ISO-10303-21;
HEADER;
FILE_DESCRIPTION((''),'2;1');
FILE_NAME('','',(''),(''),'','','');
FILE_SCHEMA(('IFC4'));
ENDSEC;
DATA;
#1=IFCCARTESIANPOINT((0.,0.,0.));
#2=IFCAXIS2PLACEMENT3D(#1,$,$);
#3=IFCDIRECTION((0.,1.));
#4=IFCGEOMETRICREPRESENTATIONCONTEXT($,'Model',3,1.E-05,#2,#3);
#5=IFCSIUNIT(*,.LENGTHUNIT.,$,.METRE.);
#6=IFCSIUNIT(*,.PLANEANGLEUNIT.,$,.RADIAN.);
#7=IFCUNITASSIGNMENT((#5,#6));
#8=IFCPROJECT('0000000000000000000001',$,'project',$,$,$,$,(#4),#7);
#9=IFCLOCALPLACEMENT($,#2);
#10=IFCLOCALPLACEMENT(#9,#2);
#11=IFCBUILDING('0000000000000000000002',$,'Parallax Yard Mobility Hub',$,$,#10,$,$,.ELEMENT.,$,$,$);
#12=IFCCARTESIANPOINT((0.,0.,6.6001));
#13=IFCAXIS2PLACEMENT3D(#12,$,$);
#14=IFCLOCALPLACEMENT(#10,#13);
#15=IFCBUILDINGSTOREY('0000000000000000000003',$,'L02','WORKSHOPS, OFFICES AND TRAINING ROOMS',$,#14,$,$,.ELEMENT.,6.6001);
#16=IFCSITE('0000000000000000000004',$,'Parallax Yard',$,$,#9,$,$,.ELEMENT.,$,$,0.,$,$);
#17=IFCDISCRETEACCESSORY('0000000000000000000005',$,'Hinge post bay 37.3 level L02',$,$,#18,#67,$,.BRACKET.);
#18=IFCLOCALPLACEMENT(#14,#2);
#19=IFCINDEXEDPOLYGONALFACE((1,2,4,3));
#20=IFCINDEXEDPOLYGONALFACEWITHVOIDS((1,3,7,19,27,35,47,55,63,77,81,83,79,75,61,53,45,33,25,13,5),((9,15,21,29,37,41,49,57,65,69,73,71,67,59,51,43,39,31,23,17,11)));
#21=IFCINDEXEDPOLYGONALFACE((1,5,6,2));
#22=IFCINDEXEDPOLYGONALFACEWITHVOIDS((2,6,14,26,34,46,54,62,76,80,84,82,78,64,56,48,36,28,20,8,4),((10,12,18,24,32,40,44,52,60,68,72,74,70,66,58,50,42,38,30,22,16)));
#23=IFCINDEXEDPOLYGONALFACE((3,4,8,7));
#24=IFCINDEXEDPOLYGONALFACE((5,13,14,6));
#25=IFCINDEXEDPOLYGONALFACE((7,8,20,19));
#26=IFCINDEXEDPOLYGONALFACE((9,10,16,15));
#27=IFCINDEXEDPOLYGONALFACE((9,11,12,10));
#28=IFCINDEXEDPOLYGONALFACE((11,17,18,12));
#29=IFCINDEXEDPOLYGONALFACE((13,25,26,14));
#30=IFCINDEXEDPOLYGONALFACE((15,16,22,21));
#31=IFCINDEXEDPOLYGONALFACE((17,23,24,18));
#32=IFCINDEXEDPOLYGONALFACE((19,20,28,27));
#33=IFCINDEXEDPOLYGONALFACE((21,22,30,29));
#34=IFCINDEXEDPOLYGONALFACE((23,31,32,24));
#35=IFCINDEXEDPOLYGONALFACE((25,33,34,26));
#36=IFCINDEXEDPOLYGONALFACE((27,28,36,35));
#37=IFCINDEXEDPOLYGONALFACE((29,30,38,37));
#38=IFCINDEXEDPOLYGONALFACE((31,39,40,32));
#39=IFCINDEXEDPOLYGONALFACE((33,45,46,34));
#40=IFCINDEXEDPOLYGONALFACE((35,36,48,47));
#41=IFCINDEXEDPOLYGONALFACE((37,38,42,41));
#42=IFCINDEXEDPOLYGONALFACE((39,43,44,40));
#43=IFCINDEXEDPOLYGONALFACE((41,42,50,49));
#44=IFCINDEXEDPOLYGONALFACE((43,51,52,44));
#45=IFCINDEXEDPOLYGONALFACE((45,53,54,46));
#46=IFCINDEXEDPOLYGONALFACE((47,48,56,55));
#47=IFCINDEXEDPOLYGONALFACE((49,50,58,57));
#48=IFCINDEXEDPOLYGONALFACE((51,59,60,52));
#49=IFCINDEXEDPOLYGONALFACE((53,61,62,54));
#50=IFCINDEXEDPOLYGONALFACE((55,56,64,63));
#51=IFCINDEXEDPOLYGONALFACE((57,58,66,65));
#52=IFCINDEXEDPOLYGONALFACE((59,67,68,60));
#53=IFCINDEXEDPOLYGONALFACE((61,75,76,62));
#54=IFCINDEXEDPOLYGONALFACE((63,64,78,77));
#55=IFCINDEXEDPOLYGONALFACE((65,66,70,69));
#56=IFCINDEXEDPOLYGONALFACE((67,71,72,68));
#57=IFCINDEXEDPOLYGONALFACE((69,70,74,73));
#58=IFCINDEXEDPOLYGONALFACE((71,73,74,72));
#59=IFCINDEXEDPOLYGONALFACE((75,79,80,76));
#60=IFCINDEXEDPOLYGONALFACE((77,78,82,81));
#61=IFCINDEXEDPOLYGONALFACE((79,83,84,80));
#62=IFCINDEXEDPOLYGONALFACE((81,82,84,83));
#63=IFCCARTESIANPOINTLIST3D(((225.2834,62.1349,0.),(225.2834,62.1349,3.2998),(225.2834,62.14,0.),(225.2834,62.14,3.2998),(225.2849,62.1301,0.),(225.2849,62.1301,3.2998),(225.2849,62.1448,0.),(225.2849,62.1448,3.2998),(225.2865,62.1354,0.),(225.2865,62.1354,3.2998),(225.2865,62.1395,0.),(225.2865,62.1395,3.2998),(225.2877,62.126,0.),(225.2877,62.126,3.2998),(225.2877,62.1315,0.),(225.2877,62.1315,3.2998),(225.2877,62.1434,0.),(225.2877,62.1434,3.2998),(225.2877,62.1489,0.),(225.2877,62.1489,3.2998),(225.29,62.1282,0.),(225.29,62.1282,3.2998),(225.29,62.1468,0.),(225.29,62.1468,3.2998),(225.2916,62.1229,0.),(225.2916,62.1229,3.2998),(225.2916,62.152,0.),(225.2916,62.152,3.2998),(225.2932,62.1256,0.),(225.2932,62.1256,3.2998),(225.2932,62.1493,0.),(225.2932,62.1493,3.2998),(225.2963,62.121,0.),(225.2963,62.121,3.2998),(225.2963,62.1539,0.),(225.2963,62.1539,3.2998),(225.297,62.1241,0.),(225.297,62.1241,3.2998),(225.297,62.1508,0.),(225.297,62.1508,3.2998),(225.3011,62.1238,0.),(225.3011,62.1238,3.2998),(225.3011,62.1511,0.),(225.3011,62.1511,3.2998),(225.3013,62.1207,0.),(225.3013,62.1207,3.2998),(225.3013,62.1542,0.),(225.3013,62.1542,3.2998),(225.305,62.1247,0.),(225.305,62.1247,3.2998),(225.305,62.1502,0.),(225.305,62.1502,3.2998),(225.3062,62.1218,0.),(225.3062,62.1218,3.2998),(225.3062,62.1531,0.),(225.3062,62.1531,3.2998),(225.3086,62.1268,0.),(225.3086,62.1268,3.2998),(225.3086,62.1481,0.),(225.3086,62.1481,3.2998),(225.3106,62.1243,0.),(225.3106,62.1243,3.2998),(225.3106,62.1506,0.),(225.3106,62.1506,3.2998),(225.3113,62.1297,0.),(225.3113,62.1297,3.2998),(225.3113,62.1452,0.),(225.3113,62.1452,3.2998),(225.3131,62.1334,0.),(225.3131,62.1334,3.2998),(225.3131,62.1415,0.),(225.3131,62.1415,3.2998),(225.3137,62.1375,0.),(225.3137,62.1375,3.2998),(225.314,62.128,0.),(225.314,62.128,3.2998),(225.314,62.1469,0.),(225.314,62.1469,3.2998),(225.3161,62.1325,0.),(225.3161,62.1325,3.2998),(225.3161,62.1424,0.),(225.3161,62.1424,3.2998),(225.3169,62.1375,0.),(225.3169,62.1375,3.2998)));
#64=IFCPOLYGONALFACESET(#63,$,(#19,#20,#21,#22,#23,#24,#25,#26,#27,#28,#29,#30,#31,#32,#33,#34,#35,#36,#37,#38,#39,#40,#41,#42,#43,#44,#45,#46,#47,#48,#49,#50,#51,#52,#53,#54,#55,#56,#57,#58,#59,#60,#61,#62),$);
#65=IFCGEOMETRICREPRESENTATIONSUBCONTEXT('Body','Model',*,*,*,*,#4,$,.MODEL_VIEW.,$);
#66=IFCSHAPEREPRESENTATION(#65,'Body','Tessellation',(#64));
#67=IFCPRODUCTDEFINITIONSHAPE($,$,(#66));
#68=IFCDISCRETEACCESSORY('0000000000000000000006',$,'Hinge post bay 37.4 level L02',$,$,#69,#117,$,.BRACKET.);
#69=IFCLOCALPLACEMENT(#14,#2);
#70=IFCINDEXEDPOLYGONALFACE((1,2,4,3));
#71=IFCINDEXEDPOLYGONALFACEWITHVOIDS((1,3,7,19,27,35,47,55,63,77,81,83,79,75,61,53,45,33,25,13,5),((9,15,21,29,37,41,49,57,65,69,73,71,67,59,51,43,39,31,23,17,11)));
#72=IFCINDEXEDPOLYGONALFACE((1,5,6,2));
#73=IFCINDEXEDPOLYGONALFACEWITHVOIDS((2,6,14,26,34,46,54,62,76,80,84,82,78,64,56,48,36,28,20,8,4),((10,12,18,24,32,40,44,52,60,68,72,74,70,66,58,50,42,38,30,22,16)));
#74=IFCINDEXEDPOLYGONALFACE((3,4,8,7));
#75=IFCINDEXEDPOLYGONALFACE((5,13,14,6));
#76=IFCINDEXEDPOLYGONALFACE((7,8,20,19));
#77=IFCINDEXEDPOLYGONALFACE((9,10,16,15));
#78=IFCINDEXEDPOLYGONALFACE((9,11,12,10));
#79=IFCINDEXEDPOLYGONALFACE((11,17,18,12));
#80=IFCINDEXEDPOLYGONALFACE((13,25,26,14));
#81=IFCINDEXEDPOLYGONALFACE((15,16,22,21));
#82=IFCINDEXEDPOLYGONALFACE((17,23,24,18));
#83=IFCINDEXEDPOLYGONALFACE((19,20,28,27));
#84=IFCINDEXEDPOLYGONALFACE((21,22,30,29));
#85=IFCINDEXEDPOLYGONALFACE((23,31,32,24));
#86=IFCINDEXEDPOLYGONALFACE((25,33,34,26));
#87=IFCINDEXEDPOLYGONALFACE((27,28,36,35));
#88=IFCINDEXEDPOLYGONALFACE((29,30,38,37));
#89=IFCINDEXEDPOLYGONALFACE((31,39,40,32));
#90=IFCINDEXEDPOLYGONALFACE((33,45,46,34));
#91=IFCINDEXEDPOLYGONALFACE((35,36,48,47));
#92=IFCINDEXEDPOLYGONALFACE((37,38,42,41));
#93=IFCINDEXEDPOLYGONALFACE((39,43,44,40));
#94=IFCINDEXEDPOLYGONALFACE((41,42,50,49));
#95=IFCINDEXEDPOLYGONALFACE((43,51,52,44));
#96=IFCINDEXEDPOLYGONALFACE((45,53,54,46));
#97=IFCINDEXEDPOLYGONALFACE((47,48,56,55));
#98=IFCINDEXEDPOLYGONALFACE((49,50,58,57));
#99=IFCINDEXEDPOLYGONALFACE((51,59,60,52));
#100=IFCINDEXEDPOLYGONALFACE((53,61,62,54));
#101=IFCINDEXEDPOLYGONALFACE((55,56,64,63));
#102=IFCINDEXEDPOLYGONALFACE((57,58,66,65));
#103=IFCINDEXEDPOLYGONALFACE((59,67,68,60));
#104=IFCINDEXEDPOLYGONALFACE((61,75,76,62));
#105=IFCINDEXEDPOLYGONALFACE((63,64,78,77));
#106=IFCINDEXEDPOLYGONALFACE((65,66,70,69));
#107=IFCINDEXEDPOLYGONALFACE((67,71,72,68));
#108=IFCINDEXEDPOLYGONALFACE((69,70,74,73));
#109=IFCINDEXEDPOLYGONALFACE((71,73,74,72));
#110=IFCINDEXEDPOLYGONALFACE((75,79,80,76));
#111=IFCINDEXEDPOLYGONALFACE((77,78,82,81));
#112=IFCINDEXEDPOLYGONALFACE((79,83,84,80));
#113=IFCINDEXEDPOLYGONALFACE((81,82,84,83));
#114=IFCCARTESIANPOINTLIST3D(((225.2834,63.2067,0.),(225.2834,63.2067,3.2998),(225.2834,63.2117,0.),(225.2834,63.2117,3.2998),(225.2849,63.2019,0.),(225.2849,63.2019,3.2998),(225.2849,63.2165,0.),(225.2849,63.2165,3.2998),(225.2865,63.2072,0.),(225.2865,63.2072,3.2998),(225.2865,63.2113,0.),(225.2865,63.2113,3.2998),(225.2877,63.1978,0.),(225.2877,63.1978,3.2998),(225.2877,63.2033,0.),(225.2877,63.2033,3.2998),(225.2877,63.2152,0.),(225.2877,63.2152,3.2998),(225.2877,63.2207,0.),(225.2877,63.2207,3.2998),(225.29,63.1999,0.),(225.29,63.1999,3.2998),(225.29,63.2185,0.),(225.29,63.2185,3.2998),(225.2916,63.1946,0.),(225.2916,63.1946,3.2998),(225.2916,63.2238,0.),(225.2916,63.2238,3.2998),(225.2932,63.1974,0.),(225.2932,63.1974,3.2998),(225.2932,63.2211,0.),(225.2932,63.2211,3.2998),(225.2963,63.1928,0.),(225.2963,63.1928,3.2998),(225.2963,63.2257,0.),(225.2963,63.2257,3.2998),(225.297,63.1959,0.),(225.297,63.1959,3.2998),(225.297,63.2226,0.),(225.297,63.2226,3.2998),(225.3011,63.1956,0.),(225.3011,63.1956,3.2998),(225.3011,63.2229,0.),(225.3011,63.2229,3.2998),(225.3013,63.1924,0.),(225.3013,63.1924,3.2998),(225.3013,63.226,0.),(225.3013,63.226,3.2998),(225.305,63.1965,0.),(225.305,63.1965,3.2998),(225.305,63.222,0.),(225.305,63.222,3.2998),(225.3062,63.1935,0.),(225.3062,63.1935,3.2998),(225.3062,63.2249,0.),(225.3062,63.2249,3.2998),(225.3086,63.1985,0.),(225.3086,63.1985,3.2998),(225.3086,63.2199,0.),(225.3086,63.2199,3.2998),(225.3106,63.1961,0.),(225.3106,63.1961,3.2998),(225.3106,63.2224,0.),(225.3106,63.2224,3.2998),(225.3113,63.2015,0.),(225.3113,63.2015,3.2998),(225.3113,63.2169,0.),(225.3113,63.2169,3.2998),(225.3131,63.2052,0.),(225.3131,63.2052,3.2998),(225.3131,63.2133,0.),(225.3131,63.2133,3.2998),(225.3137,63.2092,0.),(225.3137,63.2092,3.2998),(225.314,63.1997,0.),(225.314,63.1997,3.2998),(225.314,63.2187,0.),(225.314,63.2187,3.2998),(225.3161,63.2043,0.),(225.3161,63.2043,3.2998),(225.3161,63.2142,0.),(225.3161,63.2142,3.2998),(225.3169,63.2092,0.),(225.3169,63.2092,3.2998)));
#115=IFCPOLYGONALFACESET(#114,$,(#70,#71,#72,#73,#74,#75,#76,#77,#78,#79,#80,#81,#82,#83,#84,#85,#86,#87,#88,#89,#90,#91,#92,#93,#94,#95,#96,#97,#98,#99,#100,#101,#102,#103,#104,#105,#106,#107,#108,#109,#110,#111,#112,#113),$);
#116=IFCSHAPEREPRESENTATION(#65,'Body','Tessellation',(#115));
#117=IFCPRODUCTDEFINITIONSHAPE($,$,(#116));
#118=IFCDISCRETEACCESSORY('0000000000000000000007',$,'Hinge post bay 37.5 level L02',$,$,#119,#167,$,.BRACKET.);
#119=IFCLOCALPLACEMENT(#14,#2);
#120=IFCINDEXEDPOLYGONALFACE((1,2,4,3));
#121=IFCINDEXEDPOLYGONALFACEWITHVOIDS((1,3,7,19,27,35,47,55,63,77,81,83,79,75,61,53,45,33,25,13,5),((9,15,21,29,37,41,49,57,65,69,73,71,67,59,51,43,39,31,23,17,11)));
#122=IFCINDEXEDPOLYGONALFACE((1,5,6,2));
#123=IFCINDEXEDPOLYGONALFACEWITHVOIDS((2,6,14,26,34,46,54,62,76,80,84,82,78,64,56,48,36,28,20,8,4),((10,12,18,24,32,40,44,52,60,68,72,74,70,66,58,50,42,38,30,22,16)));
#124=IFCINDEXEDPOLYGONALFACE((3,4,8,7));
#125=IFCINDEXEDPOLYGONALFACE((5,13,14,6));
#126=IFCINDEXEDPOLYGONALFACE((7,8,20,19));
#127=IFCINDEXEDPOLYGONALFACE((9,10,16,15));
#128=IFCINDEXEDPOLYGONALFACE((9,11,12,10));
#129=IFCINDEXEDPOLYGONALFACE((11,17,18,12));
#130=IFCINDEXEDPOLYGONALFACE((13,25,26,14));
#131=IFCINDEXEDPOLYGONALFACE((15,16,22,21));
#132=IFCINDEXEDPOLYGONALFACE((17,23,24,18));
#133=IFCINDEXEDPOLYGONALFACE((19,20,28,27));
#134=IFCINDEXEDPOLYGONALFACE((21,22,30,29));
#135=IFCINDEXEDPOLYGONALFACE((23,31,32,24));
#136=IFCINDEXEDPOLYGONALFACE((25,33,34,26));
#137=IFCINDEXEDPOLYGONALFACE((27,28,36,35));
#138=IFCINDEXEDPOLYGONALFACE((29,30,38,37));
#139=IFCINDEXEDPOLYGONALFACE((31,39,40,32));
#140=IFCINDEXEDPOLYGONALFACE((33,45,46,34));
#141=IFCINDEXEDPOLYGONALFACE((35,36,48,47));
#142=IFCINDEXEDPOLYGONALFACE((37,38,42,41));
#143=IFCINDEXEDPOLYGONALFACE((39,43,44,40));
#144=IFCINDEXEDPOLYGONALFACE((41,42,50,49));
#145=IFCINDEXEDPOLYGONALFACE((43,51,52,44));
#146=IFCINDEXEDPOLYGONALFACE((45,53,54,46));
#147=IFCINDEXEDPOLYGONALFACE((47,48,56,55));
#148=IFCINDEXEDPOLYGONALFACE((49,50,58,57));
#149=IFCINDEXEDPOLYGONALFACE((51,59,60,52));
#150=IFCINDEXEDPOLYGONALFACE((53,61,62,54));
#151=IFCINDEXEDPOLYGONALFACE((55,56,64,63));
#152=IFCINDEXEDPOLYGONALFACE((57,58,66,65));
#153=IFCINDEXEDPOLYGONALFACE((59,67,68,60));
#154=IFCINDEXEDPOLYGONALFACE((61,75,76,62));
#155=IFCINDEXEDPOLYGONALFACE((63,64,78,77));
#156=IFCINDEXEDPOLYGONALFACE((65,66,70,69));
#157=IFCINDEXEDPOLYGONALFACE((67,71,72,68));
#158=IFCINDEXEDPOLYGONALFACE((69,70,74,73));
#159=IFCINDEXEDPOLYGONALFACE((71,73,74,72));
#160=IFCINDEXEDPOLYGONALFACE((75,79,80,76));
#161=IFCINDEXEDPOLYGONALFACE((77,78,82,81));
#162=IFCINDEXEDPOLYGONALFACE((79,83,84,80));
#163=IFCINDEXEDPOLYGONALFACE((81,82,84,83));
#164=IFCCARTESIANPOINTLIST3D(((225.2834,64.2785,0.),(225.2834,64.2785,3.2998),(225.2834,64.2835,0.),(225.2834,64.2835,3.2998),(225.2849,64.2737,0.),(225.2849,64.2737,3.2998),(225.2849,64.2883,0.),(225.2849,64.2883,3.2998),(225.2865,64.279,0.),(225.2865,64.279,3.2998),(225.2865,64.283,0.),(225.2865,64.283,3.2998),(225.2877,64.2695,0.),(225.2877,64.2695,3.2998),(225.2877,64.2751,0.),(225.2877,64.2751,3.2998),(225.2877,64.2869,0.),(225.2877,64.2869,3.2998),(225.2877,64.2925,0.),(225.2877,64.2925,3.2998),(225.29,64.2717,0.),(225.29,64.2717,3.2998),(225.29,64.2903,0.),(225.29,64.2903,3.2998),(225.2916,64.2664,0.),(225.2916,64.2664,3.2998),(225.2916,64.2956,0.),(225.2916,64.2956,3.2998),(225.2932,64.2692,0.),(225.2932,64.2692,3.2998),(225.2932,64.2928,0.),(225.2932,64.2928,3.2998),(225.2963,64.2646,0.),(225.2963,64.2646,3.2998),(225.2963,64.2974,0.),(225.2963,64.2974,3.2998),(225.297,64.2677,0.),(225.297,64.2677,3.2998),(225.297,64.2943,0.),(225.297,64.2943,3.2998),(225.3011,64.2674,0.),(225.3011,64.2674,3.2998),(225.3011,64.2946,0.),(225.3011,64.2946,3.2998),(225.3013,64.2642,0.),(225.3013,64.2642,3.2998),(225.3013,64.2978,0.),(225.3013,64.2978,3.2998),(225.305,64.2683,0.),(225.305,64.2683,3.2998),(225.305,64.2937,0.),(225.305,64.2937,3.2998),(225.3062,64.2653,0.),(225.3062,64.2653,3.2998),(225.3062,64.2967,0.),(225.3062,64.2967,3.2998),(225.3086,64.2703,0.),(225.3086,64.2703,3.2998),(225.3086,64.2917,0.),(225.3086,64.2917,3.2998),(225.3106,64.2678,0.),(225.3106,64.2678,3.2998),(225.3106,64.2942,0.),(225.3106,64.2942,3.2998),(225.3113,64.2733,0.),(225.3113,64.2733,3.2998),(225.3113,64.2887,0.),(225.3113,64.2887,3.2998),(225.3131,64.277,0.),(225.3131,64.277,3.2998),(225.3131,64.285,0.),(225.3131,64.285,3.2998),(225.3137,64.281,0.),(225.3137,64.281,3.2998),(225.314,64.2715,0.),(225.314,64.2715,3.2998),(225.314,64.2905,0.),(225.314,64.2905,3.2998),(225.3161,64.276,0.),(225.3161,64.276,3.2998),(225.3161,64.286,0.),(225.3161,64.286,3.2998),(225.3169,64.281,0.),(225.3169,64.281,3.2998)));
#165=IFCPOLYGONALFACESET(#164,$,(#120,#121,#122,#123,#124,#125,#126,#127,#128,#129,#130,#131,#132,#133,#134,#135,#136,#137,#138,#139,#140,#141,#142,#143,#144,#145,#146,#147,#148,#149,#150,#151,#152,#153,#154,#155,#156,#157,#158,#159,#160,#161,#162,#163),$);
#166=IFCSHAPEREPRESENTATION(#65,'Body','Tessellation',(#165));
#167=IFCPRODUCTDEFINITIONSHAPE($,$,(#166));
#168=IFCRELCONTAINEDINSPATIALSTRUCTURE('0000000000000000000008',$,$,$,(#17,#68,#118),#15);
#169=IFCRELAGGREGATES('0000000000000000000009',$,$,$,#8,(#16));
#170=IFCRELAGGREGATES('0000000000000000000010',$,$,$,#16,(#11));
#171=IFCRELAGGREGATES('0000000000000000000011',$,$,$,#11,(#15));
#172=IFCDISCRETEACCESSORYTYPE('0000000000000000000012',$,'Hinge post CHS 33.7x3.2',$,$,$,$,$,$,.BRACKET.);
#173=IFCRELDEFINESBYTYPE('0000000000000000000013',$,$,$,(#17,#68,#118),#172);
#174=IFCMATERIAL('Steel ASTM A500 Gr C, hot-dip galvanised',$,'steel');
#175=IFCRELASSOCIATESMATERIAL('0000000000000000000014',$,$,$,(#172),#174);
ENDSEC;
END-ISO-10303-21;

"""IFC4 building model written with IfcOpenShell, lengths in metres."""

from ifc_helpers import new_model, si_unit, direction, frame, origin, origin_2d, place, context, subcontext, project, spatial, hollow_circle, extrude, material, material_profile, profile_set, type_object, element, save


model = new_model("IFC4")

# Units and contexts
model_context = context("Model", 3, precision=1e-05, world=origin(), true_north=direction((0.0, 1.0)))
body_context = subcontext(model_context, "Body", "Model", "MODEL_VIEW")
ifc_project = project(units=[si_unit("LENGTHUNIT", "METRE"), si_unit("PLANEANGLEUNIT", "RADIAN")], contexts=[model_context])

# Site, building, storey
site_placement = place(None, origin())
site = spatial("IfcSite", under=ifc_project, at=site_placement, Name="Parallax Yard", CompositionType="ELEMENT", RefElevation=0.0)
building_placement = place(site_placement, origin())
building = spatial("IfcBuilding", under=site, at=building_placement, Name="Parallax Yard Mobility Hub", CompositionType="ELEMENT")
storey_placement = place(building_placement, frame((0.0, 0.0, 6.6001)))
storey = spatial("IfcBuildingStorey", under=building, at=storey_placement, Name="L02", Description="WORKSHOPS, OFFICES AND TRAINING ROOMS", CompositionType="ELEMENT", Elevation=6.6001)

# Discrete accessories
ifc_material_1 = material(Name="Steel ASTM A500 Gr C, hot-dip galvanised", Category="steel")
ifc_material_profile = material_profile(ifc_material_1, hollow_circle(Radius=0.0168, WallThickness=0.0032, at=origin_2d()), Name="CHS 33.7x3.2")
ifc_profile_set = profile_set([ifc_material_profile], Name="Steel ASTM A500 Gr C, hot-dip galvanised")
discrete_accessory_type = type_object("IfcDiscreteAccessoryType", Name="Hinge post CHS 33.7x3.2", PredefinedType="BRACKET", material=ifc_profile_set)
for number, where, z_axis, x_axis, name in (
    (1, (225.3, 62.1375, 0.0), (0.0, 0.0, 1.0), (1.0, 0.0, 0.0), "Hinge post bay 37.3 level L02"),
    (2, (225.3, 63.2092, 0.0), (0.0, 0.0, 1.0), (1.0, 0.0, 0.0), "Hinge post bay 37.4 level L02"),
    (3, (225.3, 64.281, 0.0), (0.0, 0.0, 1.0), (1.0, 0.0, 0.0), "Hinge post bay 37.5 level L02"),
):
    element("IfcDiscreteAccessory", number, at=place(storey_placement, frame(where, z_axis=z_axis, x_axis=x_axis)), inside=storey, type_object=discrete_accessory_type, Name=name, PredefinedType="BRACKET", context=body_context, shape_type="SweptSolid", body=[
        extrude(hollow_circle(Radius=0.0168, WallThickness=0.0032, at=origin_2d()), origin(), (0.0, 0.0, 1.0), 3.2998),
    ])

save(model, "model.ifc")
